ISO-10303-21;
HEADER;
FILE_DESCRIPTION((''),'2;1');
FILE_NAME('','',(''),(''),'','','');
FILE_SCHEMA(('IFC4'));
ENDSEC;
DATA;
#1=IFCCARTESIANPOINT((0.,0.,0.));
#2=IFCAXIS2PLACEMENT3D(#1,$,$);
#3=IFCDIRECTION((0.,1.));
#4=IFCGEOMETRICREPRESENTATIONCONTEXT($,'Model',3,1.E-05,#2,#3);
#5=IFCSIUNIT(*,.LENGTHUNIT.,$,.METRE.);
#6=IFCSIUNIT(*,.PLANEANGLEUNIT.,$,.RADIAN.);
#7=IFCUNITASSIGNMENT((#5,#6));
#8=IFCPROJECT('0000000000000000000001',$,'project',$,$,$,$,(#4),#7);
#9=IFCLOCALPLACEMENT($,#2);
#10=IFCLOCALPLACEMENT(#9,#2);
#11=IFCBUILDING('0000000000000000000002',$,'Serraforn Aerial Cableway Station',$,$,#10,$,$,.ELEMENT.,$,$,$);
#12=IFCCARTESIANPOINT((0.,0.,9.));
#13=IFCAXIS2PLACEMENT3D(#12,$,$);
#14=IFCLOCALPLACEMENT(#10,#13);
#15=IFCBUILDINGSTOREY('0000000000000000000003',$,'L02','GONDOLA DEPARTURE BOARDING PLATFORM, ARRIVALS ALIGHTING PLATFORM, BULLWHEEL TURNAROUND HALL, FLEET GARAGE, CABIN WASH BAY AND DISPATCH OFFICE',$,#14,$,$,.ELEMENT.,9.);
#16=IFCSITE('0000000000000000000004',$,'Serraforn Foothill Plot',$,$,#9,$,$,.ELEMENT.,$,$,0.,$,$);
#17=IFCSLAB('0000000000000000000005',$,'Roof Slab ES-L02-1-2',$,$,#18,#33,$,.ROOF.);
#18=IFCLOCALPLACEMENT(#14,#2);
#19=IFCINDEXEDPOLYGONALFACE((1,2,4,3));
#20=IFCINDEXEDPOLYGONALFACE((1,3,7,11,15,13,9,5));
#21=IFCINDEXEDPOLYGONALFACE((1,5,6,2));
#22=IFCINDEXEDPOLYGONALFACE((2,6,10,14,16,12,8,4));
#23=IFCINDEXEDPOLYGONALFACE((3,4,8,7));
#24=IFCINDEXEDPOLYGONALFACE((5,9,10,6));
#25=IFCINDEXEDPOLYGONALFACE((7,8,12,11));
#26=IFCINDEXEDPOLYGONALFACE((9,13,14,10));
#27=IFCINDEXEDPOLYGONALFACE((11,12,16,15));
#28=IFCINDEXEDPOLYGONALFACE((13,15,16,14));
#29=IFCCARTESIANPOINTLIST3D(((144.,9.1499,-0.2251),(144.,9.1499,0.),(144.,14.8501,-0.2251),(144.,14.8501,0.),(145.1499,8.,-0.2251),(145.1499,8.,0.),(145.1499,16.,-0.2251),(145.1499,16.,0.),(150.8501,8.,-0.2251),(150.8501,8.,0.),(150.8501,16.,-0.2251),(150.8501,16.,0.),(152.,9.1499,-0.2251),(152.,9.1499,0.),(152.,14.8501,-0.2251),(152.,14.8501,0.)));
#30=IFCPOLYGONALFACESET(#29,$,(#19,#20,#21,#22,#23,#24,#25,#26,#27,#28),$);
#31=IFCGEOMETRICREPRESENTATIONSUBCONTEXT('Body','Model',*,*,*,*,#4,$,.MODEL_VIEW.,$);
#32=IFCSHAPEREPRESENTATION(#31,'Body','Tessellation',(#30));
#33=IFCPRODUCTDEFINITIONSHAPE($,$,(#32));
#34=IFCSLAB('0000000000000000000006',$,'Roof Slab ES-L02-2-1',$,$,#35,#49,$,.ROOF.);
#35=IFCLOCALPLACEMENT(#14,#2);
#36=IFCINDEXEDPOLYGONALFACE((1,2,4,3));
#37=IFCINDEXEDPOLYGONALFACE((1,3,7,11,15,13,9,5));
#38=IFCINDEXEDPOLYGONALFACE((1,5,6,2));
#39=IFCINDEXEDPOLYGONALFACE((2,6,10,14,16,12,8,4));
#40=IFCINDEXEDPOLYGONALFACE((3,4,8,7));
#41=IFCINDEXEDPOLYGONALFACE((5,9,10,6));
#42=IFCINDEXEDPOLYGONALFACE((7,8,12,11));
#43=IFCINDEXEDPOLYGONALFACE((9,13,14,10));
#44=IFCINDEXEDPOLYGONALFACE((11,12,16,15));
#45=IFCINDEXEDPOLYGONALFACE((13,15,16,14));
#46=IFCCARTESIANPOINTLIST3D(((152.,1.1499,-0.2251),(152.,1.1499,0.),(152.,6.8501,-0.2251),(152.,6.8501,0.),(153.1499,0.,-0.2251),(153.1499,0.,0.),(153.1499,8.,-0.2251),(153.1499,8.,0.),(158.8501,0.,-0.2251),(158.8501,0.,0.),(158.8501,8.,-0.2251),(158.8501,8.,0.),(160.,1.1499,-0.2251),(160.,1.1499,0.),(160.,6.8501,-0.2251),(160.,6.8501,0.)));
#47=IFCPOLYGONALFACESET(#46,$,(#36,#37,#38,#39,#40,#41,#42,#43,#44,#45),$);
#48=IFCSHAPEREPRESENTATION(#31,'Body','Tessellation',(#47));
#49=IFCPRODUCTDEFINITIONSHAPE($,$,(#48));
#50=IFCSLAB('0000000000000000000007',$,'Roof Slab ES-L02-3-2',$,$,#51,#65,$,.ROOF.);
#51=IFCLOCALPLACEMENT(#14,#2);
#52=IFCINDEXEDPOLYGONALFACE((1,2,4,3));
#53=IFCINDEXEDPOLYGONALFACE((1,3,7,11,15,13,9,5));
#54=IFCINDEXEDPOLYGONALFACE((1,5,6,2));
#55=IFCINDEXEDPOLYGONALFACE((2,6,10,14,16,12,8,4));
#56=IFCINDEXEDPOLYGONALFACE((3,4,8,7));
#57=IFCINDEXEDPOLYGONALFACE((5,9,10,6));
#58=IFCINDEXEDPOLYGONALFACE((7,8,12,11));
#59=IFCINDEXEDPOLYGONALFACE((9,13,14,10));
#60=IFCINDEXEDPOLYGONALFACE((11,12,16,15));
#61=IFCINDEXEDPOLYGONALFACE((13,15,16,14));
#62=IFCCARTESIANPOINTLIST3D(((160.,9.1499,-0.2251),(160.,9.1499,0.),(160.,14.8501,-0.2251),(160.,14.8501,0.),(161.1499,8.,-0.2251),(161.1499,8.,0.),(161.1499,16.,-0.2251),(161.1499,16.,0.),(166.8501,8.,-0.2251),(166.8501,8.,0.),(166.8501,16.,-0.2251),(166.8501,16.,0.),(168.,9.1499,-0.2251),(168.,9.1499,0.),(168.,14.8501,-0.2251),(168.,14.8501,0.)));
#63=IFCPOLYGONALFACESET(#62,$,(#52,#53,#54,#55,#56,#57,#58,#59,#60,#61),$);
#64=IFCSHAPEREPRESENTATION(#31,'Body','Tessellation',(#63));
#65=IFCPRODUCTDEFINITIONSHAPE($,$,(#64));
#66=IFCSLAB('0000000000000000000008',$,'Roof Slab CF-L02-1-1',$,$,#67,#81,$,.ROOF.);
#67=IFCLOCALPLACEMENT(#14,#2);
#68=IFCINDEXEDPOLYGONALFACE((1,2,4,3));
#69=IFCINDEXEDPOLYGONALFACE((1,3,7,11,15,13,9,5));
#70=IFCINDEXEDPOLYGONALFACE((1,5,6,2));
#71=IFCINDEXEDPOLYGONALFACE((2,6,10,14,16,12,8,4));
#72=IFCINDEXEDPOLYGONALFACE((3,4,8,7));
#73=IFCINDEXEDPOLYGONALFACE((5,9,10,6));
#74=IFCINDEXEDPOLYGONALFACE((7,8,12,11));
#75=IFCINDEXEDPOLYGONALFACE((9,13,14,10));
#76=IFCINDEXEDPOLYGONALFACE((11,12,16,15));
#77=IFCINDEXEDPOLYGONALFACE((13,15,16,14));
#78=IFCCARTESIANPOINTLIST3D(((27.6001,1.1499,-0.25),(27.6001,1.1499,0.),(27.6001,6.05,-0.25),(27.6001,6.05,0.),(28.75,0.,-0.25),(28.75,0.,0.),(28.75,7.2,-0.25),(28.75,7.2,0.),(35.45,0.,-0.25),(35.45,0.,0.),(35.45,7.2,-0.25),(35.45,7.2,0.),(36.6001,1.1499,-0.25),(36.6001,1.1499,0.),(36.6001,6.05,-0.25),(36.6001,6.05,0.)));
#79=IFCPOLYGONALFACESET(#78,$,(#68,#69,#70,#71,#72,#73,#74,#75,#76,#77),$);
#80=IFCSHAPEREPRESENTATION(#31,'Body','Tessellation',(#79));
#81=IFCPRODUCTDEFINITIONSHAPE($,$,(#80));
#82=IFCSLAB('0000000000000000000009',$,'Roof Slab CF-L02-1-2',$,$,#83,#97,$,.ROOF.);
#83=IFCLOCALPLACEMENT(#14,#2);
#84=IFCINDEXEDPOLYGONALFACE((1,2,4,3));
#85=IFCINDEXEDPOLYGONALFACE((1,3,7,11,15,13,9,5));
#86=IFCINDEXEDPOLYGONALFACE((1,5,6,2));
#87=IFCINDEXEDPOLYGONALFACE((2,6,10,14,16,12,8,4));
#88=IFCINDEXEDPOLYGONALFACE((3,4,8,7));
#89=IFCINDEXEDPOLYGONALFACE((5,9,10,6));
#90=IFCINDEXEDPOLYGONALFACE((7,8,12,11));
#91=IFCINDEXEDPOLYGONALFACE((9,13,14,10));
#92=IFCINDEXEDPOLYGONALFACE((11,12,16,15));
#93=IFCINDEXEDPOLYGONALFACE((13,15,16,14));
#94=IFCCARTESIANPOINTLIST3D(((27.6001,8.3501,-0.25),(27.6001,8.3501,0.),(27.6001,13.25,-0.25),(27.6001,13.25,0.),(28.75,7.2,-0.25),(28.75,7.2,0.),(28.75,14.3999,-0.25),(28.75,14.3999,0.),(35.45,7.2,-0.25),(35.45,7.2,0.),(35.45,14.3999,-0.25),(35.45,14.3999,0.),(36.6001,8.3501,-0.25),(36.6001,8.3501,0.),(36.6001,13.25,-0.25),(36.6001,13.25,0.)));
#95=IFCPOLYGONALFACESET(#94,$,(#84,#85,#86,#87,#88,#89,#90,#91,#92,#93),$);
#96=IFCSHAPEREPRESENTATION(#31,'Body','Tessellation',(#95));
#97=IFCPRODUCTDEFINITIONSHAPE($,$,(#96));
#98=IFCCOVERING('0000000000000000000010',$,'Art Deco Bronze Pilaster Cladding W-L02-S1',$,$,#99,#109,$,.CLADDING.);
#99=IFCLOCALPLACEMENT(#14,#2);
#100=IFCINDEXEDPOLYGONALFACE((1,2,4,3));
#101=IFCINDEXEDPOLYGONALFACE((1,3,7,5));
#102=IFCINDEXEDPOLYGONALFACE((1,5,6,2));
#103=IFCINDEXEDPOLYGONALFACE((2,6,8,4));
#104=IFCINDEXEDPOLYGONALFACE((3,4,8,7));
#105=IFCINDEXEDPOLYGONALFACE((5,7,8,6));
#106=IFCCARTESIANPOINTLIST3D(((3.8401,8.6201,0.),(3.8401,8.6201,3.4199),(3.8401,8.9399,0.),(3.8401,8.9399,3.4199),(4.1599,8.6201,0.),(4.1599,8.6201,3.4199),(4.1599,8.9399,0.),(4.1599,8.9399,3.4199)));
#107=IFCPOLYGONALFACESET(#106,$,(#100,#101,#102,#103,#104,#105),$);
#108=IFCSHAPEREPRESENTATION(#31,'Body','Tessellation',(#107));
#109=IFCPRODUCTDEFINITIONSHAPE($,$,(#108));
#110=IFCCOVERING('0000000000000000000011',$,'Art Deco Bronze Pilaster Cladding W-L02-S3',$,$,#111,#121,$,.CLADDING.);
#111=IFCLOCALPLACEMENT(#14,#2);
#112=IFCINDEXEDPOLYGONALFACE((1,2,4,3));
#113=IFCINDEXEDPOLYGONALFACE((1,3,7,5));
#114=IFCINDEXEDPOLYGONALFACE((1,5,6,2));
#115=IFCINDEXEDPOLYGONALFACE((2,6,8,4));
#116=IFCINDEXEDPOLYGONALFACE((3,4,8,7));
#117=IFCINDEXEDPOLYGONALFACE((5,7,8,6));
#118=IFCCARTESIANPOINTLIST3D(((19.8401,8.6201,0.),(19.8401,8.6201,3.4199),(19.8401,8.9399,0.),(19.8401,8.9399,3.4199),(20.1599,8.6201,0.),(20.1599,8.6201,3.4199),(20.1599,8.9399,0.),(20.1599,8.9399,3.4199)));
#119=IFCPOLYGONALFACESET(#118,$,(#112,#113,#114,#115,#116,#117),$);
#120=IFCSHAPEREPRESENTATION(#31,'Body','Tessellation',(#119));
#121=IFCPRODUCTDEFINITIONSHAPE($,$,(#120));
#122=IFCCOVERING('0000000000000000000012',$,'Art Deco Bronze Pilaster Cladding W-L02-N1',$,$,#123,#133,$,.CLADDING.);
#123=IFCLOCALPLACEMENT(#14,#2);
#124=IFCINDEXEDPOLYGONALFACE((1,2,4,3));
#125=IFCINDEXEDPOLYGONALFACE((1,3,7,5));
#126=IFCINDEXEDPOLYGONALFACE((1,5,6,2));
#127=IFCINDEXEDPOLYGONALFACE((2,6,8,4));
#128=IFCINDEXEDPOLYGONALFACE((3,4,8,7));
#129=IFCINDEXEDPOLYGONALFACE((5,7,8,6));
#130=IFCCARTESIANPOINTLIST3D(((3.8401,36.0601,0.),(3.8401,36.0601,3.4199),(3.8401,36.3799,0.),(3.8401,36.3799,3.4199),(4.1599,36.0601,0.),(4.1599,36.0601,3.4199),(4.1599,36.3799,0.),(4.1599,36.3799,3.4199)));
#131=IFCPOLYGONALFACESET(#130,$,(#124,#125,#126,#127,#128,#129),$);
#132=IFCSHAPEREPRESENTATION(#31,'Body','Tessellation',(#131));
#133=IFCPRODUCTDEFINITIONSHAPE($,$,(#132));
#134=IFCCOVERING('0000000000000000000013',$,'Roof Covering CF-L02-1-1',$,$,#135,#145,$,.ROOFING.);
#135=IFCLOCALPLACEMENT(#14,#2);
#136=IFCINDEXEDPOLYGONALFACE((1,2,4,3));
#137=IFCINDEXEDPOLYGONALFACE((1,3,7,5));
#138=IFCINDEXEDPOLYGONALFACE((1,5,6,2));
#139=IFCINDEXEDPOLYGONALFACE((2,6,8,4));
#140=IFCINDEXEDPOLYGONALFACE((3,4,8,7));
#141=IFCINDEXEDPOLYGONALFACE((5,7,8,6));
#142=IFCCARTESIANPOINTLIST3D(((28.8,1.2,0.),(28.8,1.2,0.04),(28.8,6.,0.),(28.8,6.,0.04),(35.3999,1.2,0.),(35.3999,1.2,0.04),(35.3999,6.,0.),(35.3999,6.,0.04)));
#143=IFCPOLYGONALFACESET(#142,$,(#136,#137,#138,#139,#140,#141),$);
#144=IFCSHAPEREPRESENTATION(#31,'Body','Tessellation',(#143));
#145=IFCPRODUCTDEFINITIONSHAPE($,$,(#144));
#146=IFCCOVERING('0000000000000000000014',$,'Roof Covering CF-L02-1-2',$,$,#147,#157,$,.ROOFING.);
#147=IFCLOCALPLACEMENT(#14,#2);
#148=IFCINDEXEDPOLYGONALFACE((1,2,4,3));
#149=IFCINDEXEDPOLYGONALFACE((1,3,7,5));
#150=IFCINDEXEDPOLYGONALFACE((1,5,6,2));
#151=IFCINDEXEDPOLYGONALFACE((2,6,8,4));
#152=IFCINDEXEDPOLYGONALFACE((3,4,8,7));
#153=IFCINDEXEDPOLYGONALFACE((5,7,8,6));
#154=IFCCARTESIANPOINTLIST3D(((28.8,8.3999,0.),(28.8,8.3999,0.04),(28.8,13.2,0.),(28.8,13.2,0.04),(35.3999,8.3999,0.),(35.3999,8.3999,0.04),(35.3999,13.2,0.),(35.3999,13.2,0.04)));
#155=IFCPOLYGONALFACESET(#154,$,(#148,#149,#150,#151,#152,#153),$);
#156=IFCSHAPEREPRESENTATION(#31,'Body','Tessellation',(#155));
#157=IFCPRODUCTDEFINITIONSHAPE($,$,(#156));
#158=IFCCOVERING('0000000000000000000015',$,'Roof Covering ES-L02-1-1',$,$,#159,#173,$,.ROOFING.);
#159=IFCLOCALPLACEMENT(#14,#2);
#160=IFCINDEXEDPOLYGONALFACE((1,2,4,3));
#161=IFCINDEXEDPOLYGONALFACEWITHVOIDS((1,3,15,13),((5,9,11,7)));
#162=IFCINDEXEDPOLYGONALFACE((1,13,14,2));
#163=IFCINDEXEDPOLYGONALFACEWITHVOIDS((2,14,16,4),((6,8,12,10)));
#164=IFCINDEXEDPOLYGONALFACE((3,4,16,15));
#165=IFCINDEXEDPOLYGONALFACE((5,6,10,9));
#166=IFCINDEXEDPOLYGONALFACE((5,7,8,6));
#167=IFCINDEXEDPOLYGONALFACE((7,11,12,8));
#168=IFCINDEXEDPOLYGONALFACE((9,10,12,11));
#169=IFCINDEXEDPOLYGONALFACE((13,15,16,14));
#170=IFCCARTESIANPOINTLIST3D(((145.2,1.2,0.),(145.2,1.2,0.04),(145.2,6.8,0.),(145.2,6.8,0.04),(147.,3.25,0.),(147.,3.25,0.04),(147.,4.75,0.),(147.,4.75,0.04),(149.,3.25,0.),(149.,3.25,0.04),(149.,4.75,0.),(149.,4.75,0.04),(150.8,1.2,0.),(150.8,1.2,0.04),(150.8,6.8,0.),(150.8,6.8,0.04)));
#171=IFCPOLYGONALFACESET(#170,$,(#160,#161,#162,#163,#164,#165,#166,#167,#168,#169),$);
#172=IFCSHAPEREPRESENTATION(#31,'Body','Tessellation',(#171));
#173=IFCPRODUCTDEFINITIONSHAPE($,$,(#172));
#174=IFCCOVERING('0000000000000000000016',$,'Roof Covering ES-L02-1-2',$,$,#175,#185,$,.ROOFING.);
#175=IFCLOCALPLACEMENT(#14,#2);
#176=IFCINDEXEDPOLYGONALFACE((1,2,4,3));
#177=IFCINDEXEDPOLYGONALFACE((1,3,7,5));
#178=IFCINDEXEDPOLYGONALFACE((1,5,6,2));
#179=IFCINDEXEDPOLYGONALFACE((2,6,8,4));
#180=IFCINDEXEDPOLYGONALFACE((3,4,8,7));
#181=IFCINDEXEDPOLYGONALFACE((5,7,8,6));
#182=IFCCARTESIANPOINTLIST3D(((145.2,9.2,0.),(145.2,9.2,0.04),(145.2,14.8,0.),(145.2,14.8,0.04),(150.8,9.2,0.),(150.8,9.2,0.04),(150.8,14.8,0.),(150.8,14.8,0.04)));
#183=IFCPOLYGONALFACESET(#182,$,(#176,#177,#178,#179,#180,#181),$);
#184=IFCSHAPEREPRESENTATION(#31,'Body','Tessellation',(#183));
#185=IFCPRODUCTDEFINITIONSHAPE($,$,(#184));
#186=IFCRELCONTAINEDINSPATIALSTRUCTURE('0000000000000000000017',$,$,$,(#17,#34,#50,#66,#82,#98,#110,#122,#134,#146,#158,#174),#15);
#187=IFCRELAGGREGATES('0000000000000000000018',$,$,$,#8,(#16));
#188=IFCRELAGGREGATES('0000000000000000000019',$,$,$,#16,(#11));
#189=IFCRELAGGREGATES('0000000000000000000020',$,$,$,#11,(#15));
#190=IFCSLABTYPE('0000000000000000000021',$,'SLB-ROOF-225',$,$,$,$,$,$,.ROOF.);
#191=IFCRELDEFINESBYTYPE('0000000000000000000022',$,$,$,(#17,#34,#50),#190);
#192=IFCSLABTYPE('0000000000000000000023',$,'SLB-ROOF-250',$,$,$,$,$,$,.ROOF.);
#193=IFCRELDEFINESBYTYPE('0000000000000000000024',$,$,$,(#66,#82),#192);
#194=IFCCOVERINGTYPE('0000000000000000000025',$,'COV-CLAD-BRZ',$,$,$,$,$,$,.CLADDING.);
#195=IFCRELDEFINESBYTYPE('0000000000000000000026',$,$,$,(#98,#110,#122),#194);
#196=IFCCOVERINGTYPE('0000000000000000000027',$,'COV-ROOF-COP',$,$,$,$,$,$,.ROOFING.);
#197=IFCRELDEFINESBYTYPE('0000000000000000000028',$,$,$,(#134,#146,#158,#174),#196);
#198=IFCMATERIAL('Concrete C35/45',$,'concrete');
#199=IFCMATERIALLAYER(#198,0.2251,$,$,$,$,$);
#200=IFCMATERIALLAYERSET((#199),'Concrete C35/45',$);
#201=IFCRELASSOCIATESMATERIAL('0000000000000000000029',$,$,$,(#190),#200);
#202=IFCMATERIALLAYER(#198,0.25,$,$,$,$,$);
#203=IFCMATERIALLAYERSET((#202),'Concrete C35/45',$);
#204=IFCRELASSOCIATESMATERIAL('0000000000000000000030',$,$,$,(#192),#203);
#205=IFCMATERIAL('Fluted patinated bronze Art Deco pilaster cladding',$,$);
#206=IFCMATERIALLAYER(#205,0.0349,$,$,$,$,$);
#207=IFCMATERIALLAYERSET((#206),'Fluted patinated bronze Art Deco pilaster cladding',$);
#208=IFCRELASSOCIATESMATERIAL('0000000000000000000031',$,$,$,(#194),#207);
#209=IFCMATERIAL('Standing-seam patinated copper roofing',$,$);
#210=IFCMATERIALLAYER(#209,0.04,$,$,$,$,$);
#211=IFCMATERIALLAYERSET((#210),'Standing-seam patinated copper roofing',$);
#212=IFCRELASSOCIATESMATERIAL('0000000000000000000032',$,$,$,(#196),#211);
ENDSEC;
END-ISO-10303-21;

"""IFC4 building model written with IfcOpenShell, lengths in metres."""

from ifc_helpers import new_model, si_unit, direction, frame, origin, place, context, subcontext, project, spatial, polyline, outline, extrude, material, layer, layer_set, type_object, element, save


model = new_model("IFC4")

# Units and contexts
model_context = context("Model", 3, precision=1e-05, world=origin(), true_north=direction((0.0, 1.0)))
body_context = subcontext(model_context, "Body", "Model", "MODEL_VIEW")
ifc_project = project(units=[si_unit("LENGTHUNIT", "METRE"), si_unit("PLANEANGLEUNIT", "RADIAN")], contexts=[model_context])

# Site, building, storey
site_placement = place(None, origin())
site = spatial("IfcSite", under=ifc_project, at=site_placement, Name="Serraforn Foothill Plot", CompositionType="ELEMENT", RefElevation=0.0)
building_placement = place(site_placement, origin())
building = spatial("IfcBuilding", under=site, at=building_placement, Name="Serraforn Aerial Cableway Station", CompositionType="ELEMENT")
storey_placement = place(building_placement, frame((0.0, 0.0, 9.0)))
storey = spatial("IfcBuildingStorey", under=building, at=storey_placement, Name="L02", Description="GONDOLA DEPARTURE BOARDING PLATFORM, ARRIVALS ALIGHTING PLATFORM, BULLWHEEL TURNAROUND HALL, FLEET GARAGE, CABIN WASH BAY AND DISPATCH OFFICE", CompositionType="ELEMENT", Elevation=9.0)

# Shared definitions
ifc_material_1 = material(Name="Concrete C35/45", Category="concrete")
ifc_layer_1 = layer(ifc_material_1, 0.2251)
ifc_layer_set_1 = layer_set([ifc_layer_1], Name="Concrete C35/45")
slab_type_1 = type_object("IfcSlabType", Name="SLB-ROOF-225", PredefinedType="ROOF", material=ifc_layer_set_1)

# Slabs
slab_1_placement = place(storey_placement, frame((0.0, 0.0, -0.2251)))
element("IfcSlab", 1, at=slab_1_placement, inside=storey, type_object=slab_type_1, Name="Roof Slab ES-L02-1-2", PredefinedType="ROOF", context=body_context, shape_type="SweptSolid", body=[
    extrude(outline(polyline([(145.1499, 8.0), (150.8501, 8.0), (152.0, 9.1499), (152.0, 14.8501), (150.8501, 16.0), (145.1499, 16.0), (144.0, 14.8501), (144.0, 9.1499), (145.1499, 8.0)])), origin(), (0.0, 0.0, 1.0), 0.2251),
])
slab_2_placement = place(storey_placement, frame((0.0, 0.0, -0.2251)))
element("IfcSlab", 2, at=slab_2_placement, inside=storey, type_object=slab_type_1, Name="Roof Slab ES-L02-2-1", PredefinedType="ROOF", context=body_context, shape_type="SweptSolid", body=[
    extrude(outline(polyline([(153.1499, 0.0), (158.8501, 0.0), (160.0, 1.1499), (160.0, 6.8501), (158.8501, 8.0), (153.1499, 8.0), (152.0, 6.8501), (152.0, 1.1499), (153.1499, 0.0)])), origin(), (0.0, 0.0, 1.0), 0.2251),
])

# Slabs
slab_3_placement = place(storey_placement, frame((0.0, 0.0, -0.2251)))
element("IfcSlab", 3, at=slab_3_placement, inside=storey, type_object=slab_type_1, Name="Roof Slab ES-L02-3-2", PredefinedType="ROOF", context=body_context, shape_type="SweptSolid", body=[
    extrude(outline(polyline([(161.1499, 8.0), (166.8501, 8.0), (168.0, 9.1499), (168.0, 14.8501), (166.8501, 16.0), (161.1499, 16.0), (160.0, 14.8501), (160.0, 9.1499), (161.1499, 8.0)])), origin(), (0.0, 0.0, 1.0), 0.2251),
])
ifc_layer_2 = layer(ifc_material_1, 0.25)
ifc_layer_set_2 = layer_set([ifc_layer_2], Name="Concrete C35/45")
slab_type_2 = type_object("IfcSlabType", Name="SLB-ROOF-250", PredefinedType="ROOF", material=ifc_layer_set_2)
slab_4_placement = place(storey_placement, frame((0.0, 0.0, -0.25)))
element("IfcSlab", 4, at=slab_4_placement, inside=storey, type_object=slab_type_2, Name="Roof Slab CF-L02-1-1", PredefinedType="ROOF", context=body_context, shape_type="SweptSolid", body=[
    extrude(outline(polyline([(28.75, 0.0), (35.45, 0.0), (36.6001, 1.1499), (36.6001, 6.05), (35.45, 7.2), (28.75, 7.2), (27.6001, 6.05), (27.6001, 1.1499), (28.75, 0.0)])), origin(), (0.0, 0.0, 1.0), 0.25),
])
slab_5_placement = place(storey_placement, frame((0.0, 0.0, -0.25)))
element("IfcSlab", 5, at=slab_5_placement, inside=storey, type_object=slab_type_2, Name="Roof Slab CF-L02-1-2", PredefinedType="ROOF", context=body_context, shape_type="SweptSolid", body=[
    extrude(outline(polyline([(28.75, 7.2), (35.45, 7.2), (36.6001, 8.3501), (36.6001, 13.25), (35.45, 14.3999), (28.75, 14.3999), (27.6001, 13.25), (27.6001, 8.3501), (28.75, 7.2)])), origin(), (0.0, 0.0, 1.0), 0.25),
])

# Coverings
ifc_material_2 = material(Name="Fluted patinated bronze Art Deco pilaster cladding")
ifc_layer_3 = layer(ifc_material_2, 0.0349)
ifc_layer_set_3 = layer_set([ifc_layer_3], Name="Fluted patinated bronze Art Deco pilaster cladding")
covering_type_1 = type_object("IfcCoveringType", Name="COV-CLAD-BRZ", PredefinedType="CLADDING", material=ifc_layer_set_3)
covering_1_placement = place(storey_placement, origin())
element("IfcCovering", 6, at=covering_1_placement, inside=storey, type_object=covering_type_1, Name="Art Deco Bronze Pilaster Cladding W-L02-S1", PredefinedType="CLADDING", context=body_context, shape_type="SweptSolid", body=[
    extrude(outline(polyline([(3.8401, 8.6201), (4.1599, 8.6201), (4.1599, 8.9399), (3.8401, 8.9399), (3.8401, 8.6201)])), origin(), (0.0, 0.0, 1.0), 3.4199),
])
covering_2_placement = place(storey_placement, origin())
element("IfcCovering", 7, at=covering_2_placement, inside=storey, type_object=covering_type_1, Name="Art Deco Bronze Pilaster Cladding W-L02-S3", PredefinedType="CLADDING", context=body_context, shape_type="SweptSolid", body=[
    extrude(outline(polyline([(19.8401, 8.6201), (20.1599, 8.6201), (20.1599, 8.9399), (19.8401, 8.9399), (19.8401, 8.6201)])), origin(), (0.0, 0.0, 1.0), 3.4199),
])
covering_3_placement = place(storey_placement, origin())
element("IfcCovering", 8, at=covering_3_placement, inside=storey, type_object=covering_type_1, Name="Art Deco Bronze Pilaster Cladding W-L02-N1", PredefinedType="CLADDING", context=body_context, shape_type="SweptSolid", body=[
    extrude(outline(polyline([(3.8401, 36.0601), (4.1599, 36.0601), (4.1599, 36.3799), (3.8401, 36.3799), (3.8401, 36.0601)])), origin(), (0.0, 0.0, 1.0), 3.4199),
])
ifc_material_3 = material(Name="Standing-seam patinated copper roofing")
ifc_layer_4 = layer(ifc_material_3, 0.04)
ifc_layer_set_4 = layer_set([ifc_layer_4], Name="Standing-seam patinated copper roofing")
covering_type_2 = type_object("IfcCoveringType", Name="COV-ROOF-COP", PredefinedType="ROOFING", material=ifc_layer_set_4)
covering_4_placement = place(storey_placement, origin())
element("IfcCovering", 9, at=covering_4_placement, inside=storey, type_object=covering_type_2, Name="Roof Covering CF-L02-1-1", PredefinedType="ROOFING", context=body_context, shape_type="SweptSolid", body=[
    extrude(outline(polyline([(28.8, 1.2), (35.3999, 1.2), (35.3999, 6.0), (28.8, 6.0), (28.8, 1.2)])), origin(), (0.0, 0.0, 1.0), 0.04),
])
covering_5_placement = place(storey_placement, origin())
element("IfcCovering", 10, at=covering_5_placement, inside=storey, type_object=covering_type_2, Name="Roof Covering CF-L02-1-2", PredefinedType="ROOFING", context=body_context, shape_type="SweptSolid", body=[
    extrude(outline(polyline([(28.8, 8.3999), (35.3999, 8.3999), (35.3999, 13.2), (28.8, 13.2), (28.8, 8.3999)])), origin(), (0.0, 0.0, 1.0), 0.04),
])
covering_6_placement = place(storey_placement, origin())
element("IfcCovering", 11, at=covering_6_placement, inside=storey, type_object=covering_type_2, Name="Roof Covering ES-L02-1-1", PredefinedType="ROOFING", context=body_context, shape_type="SweptSolid", body=[
    extrude(outline(polyline([(145.2, 1.2), (150.8, 1.2), (150.8, 6.8), (145.2, 6.8), (145.2, 1.2)]), holes=[polyline([(147.0, 3.25), (149.0, 3.25), (149.0, 4.75), (147.0, 4.75), (147.0, 3.25)])]), origin(), (0.0, 0.0, 1.0), 0.04),
])
covering_7_placement = place(storey_placement, origin())
element("IfcCovering", 12, at=covering_7_placement, inside=storey, type_object=covering_type_2, Name="Roof Covering ES-L02-1-2", PredefinedType="ROOFING", context=body_context, shape_type="SweptSolid", body=[
    extrude(outline(polyline([(145.2, 9.2), (150.8, 9.2), (150.8, 14.8), (145.2, 14.8), (145.2, 9.2)])), origin(), (0.0, 0.0, 1.0), 0.04),
])

save(model, "model.ifc")
